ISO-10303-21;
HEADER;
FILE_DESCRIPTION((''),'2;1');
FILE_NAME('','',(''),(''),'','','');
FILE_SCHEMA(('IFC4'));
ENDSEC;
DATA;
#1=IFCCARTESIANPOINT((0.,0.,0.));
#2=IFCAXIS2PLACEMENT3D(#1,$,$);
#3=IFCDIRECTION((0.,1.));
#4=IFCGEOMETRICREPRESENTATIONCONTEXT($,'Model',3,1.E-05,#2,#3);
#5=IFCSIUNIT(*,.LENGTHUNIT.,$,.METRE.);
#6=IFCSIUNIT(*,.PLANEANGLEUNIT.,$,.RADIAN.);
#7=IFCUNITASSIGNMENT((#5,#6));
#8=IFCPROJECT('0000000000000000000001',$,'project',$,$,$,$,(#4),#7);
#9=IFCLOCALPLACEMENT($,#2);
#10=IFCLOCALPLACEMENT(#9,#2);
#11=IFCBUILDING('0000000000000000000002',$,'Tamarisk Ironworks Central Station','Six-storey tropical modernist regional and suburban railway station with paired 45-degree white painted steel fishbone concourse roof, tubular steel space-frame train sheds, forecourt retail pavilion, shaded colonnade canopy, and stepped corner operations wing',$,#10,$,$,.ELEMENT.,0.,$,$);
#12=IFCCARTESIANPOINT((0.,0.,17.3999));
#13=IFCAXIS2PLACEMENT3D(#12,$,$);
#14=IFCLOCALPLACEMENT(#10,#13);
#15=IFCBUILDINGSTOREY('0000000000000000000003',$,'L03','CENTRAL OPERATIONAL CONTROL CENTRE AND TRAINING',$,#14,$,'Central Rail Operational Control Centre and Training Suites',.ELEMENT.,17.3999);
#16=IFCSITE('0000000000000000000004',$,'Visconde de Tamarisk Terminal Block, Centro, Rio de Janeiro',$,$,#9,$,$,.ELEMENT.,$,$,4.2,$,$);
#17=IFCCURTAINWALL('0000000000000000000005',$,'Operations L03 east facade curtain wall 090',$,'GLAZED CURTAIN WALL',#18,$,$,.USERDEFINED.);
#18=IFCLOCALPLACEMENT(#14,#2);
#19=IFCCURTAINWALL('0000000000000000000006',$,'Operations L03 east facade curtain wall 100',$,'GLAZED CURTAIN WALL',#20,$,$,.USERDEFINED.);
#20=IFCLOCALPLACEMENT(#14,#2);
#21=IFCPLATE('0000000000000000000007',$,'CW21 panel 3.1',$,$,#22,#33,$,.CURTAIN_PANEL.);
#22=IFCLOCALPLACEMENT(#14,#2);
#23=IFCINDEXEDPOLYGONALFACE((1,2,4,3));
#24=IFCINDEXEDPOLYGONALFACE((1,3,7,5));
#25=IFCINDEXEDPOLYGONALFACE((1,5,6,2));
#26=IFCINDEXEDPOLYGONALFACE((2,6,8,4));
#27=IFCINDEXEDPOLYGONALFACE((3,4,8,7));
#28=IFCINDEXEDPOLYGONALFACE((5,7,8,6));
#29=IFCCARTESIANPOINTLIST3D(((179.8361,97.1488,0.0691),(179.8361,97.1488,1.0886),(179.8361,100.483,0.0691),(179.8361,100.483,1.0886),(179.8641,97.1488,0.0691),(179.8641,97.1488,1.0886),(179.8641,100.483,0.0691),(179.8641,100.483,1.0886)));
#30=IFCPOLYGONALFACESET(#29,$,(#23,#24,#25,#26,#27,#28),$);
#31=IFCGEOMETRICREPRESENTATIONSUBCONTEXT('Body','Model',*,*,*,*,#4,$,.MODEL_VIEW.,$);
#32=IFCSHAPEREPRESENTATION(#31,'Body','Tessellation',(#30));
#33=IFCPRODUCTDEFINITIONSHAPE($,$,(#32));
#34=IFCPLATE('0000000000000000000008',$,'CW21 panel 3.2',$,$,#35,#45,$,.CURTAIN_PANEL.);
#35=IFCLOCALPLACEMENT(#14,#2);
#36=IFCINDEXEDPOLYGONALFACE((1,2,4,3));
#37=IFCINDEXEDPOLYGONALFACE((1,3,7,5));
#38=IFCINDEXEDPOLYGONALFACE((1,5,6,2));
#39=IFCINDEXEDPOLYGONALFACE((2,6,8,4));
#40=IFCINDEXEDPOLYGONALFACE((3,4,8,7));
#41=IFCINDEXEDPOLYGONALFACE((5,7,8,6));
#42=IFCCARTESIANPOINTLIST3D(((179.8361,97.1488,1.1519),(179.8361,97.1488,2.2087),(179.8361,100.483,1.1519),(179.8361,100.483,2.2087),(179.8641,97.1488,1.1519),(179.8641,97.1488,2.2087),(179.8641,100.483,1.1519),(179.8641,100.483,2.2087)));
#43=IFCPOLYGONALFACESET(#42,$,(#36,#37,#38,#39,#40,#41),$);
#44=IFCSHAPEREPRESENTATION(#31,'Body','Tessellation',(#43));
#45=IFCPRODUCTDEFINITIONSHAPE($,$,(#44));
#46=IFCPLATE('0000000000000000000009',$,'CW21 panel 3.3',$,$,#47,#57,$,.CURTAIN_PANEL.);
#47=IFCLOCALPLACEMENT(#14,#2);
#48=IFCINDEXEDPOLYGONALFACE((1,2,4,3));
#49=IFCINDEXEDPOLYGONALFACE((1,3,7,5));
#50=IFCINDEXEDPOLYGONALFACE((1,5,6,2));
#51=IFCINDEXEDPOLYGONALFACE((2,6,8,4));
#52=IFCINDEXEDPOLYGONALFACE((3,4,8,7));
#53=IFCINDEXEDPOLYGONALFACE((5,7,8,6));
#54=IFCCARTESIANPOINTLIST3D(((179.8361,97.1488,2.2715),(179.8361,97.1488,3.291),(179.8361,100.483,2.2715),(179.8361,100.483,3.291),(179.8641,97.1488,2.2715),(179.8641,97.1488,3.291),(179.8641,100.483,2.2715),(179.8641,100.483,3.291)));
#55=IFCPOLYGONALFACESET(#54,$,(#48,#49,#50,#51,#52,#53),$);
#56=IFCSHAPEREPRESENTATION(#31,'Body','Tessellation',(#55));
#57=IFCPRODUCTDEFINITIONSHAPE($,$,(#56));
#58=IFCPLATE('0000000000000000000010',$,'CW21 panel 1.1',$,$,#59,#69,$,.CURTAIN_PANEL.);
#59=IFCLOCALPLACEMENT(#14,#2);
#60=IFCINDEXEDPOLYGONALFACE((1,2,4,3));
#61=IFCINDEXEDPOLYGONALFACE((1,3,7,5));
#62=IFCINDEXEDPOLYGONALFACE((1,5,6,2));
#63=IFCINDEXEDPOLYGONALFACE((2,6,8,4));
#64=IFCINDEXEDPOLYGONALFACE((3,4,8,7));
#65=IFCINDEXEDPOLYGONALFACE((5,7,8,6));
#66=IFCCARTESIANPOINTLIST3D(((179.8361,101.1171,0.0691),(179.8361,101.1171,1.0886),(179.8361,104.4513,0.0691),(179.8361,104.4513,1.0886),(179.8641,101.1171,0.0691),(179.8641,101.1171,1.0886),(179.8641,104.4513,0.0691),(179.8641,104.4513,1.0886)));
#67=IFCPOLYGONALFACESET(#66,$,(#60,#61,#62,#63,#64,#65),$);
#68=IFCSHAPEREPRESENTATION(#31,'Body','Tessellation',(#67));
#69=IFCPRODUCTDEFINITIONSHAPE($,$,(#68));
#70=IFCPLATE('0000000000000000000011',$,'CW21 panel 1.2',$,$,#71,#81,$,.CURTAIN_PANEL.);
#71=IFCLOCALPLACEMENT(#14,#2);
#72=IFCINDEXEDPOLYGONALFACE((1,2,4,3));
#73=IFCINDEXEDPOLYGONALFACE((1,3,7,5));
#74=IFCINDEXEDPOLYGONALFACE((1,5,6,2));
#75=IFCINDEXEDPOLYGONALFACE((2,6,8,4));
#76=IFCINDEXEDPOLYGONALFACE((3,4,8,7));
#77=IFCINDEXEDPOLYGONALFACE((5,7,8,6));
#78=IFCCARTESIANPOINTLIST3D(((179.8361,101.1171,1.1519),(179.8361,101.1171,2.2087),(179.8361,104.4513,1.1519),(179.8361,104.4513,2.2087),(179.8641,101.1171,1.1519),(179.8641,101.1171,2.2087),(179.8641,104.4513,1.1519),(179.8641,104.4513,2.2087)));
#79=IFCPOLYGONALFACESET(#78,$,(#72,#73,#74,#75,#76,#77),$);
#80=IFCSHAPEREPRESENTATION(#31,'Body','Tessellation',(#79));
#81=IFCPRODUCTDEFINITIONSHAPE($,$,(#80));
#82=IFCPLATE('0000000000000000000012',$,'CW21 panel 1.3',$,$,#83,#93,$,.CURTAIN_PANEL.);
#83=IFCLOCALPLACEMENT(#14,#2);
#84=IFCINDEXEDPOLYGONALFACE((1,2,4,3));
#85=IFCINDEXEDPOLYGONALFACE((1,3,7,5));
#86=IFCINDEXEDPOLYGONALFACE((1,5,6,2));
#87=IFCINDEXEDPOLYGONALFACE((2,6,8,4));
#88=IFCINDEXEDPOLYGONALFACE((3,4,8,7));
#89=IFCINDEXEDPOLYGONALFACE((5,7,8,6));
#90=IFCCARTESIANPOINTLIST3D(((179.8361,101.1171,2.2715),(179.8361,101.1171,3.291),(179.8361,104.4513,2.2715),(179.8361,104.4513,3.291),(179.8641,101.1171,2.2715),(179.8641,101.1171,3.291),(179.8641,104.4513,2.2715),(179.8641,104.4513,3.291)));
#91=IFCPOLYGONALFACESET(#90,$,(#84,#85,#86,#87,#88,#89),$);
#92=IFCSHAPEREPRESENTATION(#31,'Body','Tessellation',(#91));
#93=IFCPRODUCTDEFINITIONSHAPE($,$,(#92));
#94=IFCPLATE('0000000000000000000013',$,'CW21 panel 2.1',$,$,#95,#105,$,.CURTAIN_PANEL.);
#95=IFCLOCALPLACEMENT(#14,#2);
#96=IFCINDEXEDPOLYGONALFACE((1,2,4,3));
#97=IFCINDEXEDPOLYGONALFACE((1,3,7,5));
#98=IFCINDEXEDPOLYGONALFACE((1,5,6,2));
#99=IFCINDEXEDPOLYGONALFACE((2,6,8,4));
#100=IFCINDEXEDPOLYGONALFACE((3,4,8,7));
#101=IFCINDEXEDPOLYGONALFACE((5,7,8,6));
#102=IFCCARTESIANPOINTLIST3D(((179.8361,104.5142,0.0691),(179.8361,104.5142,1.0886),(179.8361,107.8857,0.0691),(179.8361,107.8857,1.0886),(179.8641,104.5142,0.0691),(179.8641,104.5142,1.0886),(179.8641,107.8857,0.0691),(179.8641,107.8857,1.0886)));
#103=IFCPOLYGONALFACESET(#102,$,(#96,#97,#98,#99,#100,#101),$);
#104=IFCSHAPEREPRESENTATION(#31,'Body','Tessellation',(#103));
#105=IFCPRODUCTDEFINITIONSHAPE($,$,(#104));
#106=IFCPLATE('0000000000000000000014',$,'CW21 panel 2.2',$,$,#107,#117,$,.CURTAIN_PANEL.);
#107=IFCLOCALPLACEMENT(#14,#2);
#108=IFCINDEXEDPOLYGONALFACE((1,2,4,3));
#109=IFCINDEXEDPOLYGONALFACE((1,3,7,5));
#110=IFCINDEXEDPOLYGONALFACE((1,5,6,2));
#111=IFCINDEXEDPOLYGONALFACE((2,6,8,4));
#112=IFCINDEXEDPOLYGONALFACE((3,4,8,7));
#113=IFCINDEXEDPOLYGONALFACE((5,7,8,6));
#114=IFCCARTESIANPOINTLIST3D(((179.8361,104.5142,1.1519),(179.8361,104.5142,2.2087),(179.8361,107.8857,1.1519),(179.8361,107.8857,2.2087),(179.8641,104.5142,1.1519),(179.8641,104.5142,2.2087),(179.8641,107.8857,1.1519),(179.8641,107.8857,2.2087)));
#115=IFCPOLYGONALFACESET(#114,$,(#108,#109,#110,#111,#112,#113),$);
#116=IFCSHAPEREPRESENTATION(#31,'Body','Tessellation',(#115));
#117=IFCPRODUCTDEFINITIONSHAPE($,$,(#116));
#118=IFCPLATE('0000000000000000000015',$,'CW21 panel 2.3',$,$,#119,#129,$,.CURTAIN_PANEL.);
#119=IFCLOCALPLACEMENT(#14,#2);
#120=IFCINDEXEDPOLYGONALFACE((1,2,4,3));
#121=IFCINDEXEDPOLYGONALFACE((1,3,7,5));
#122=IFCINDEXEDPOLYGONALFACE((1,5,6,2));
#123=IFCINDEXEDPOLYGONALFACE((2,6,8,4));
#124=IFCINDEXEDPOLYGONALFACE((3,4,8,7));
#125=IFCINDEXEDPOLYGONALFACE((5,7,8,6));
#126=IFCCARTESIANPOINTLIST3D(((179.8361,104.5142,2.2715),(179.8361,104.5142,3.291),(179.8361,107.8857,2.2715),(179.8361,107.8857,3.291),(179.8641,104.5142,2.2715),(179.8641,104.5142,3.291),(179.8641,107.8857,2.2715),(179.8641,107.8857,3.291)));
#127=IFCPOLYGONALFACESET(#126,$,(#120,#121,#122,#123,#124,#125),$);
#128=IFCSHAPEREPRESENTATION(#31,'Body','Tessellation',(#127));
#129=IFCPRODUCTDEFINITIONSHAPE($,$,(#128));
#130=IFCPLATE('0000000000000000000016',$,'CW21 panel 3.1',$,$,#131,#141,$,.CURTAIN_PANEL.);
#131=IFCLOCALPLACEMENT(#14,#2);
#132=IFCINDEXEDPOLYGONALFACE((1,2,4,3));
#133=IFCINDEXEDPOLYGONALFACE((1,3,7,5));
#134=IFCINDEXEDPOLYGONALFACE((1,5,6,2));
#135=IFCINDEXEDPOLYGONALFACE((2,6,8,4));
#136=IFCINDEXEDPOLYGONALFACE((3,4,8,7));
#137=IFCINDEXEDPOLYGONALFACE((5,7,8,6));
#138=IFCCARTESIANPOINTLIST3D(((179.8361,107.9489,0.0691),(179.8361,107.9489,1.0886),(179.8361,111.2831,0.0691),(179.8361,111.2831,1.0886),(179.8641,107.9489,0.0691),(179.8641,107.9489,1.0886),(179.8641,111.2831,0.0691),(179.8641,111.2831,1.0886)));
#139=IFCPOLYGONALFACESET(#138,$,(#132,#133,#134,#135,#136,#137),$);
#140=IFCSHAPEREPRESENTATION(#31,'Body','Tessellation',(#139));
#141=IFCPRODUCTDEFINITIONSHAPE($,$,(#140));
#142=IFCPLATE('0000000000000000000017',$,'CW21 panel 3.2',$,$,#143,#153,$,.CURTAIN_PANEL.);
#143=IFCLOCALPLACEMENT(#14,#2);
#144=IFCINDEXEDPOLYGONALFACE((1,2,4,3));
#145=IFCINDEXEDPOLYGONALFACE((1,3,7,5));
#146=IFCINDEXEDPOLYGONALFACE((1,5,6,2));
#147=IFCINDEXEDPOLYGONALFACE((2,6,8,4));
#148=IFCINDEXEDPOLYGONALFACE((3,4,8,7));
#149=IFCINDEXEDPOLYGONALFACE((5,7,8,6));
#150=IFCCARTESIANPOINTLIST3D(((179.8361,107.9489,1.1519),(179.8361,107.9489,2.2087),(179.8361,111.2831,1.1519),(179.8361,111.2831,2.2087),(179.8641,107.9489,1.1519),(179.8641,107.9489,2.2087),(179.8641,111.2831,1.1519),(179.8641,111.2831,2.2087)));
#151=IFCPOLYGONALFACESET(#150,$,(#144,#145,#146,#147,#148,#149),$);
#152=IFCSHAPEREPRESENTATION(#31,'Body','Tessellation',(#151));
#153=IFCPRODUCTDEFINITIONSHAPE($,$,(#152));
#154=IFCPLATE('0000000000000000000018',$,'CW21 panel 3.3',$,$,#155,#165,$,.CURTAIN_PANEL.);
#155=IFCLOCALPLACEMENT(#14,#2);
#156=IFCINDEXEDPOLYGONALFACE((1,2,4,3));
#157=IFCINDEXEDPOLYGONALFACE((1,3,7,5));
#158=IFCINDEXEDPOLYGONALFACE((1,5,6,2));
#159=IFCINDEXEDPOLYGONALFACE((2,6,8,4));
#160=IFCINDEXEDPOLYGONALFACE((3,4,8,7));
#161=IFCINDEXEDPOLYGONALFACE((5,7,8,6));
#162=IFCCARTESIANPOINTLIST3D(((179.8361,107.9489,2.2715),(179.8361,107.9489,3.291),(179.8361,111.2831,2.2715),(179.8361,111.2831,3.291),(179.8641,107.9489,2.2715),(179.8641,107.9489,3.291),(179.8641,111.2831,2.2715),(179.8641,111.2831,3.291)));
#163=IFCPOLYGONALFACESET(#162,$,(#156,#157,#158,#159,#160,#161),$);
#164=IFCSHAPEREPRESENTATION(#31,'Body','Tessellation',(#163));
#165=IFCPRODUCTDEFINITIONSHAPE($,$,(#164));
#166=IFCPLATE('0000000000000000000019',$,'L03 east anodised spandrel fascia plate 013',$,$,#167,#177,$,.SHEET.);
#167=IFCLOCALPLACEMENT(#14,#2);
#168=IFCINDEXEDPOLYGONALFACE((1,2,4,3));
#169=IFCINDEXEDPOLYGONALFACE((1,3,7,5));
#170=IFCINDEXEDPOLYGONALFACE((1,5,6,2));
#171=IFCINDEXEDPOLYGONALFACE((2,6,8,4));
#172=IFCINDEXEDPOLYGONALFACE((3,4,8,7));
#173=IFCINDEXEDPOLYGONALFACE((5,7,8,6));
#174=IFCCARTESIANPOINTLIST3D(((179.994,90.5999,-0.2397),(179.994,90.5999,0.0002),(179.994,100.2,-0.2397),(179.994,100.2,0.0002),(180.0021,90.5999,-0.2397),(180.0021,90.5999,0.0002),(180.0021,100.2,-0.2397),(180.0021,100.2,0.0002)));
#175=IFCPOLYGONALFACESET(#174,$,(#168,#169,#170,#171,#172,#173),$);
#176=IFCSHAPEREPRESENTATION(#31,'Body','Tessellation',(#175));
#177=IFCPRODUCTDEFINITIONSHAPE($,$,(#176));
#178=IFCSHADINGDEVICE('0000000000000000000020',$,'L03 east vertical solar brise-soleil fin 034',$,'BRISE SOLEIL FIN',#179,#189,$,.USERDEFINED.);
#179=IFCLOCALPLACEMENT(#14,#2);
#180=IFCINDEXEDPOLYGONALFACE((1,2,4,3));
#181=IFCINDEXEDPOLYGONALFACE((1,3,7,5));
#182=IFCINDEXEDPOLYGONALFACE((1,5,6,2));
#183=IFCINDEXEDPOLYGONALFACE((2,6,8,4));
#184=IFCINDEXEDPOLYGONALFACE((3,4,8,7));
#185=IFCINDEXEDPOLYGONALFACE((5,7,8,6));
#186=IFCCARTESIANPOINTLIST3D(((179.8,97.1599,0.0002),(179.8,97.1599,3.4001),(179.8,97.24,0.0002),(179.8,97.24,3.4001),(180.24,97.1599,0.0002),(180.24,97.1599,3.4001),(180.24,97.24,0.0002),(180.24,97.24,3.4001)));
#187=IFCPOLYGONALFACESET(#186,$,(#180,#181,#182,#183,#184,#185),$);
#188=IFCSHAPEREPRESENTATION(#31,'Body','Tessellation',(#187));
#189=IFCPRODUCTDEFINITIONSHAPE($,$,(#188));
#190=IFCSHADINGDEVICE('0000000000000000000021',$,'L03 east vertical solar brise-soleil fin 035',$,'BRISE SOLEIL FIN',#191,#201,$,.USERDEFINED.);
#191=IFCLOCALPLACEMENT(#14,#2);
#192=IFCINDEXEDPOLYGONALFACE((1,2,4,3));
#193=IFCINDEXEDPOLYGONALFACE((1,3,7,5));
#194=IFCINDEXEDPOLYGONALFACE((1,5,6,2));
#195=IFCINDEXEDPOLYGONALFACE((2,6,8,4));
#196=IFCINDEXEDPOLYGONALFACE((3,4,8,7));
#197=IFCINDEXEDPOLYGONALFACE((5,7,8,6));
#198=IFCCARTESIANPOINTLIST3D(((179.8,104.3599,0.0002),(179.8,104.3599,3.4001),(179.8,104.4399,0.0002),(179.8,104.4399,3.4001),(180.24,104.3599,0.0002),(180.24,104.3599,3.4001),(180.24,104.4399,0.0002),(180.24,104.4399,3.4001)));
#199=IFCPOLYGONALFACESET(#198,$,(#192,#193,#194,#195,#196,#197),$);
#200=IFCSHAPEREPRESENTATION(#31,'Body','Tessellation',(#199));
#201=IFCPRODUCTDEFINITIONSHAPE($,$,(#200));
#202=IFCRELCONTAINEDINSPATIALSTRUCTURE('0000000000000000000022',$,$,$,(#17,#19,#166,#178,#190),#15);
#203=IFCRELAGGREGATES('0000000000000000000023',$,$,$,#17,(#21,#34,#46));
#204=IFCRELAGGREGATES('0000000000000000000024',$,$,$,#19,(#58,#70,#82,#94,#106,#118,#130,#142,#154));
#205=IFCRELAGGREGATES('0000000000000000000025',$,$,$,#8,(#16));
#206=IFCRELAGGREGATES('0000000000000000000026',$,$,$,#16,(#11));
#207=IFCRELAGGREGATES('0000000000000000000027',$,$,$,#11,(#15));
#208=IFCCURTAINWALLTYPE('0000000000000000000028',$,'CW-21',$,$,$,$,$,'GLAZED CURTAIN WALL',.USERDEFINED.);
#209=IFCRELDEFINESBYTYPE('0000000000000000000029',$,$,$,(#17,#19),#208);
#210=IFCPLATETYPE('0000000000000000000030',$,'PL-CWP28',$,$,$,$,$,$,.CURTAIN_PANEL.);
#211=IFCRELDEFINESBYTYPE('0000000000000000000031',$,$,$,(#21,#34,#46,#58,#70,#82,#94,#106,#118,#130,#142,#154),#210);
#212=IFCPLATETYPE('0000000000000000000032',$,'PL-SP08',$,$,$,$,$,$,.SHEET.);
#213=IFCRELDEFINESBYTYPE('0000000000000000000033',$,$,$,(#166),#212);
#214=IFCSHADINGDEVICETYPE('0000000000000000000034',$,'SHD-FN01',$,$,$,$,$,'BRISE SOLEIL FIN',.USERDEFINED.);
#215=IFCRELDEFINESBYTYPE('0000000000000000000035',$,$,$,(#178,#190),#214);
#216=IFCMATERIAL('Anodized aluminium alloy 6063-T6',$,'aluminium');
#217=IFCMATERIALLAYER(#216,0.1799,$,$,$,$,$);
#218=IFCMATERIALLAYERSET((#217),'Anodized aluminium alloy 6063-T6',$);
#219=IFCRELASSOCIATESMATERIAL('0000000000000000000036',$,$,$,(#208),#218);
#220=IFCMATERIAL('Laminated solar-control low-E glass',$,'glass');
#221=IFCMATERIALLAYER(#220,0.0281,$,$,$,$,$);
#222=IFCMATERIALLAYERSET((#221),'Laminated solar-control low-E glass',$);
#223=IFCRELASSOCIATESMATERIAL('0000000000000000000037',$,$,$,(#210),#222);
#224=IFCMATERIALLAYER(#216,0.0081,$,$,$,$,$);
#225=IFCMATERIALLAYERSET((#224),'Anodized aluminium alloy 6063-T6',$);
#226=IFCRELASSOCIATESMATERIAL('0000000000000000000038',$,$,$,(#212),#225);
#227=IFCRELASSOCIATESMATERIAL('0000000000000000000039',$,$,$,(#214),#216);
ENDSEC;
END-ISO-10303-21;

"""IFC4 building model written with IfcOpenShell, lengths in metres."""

from ifc_helpers import new_model, si_unit, direction, frame, origin, origin_2d, place, context, subcontext, project, spatial, rectangle, extrude, material, layer, layer_set, type_object, element, aggregate, save


model = new_model("IFC4")

# Units and contexts
model_context = context("Model", 3, precision=1e-05, world=origin(), true_north=direction((0.0, 1.0)))
body_context = subcontext(model_context, "Body", "Model", "MODEL_VIEW")
ifc_project = project(units=[si_unit("LENGTHUNIT", "METRE"), si_unit("PLANEANGLEUNIT", "RADIAN")], contexts=[model_context])

# Site, building, storey
site_placement = place(None, origin())
site = spatial("IfcSite", under=ifc_project, at=site_placement, Name="Visconde de Tamarisk Terminal Block, Centro, Rio de Janeiro", CompositionType="ELEMENT", RefElevation=4.2)
building_placement = place(site_placement, origin())
building = spatial("IfcBuilding", under=site, at=building_placement, Name="Tamarisk Ironworks Central Station", Description="Six-storey tropical modernist regional and suburban railway station with paired 45-degree white painted steel fishbone concourse roof, tubular steel space-frame train sheds, forecourt retail pavilion, shaded colonnade canopy, and stepped corner operations wing", CompositionType="ELEMENT", ElevationOfRefHeight=0.0)
storey_placement = place(building_placement, frame((0.0, 0.0, 17.3999)))
storey = spatial("IfcBuildingStorey", under=building, at=storey_placement, Name="L03", Description="CENTRAL OPERATIONAL CONTROL CENTRE AND TRAINING", LongName="Central Rail Operational Control Centre and Training Suites", CompositionType="ELEMENT", Elevation=17.3999)

# Curtain wall
ifc_material_1 = material(Name="Anodized aluminium alloy 6063-T6", Category="aluminium")
ifc_layer_1 = layer(ifc_material_1, 0.1799)
ifc_layer_set_1 = layer_set([ifc_layer_1], Name="Anodized aluminium alloy 6063-T6")
curtain_wall_type = type_object("IfcCurtainWallType", Name="CW-21", ElementType="GLAZED CURTAIN WALL", PredefinedType="USERDEFINED", material=ifc_layer_set_1)
curtain_wall_1_placement = place(storey_placement, origin())
curtain_wall_1 = element("IfcCurtainWall", 1, at=curtain_wall_1_placement, inside=storey, type_object=curtain_wall_type, Name="Operations L03 east facade curtain wall 090", ObjectType="GLAZED CURTAIN WALL", PredefinedType="USERDEFINED")

# Curtain wall
curtain_wall_2_placement = place(storey_placement, origin())
curtain_wall_2 = element("IfcCurtainWall", 2, at=curtain_wall_2_placement, inside=storey, type_object=curtain_wall_type, Name="Operations L03 east facade curtain wall 100", ObjectType="GLAZED CURTAIN WALL", PredefinedType="USERDEFINED")

# Plates
ifc_material_2 = material(Name="Laminated solar-control low-E glass", Category="glass")
ifc_layer_2 = layer(ifc_material_2, 0.0281)
ifc_layer_set_2 = layer_set([ifc_layer_2], Name="Laminated solar-control low-E glass")
plate_type_1 = type_object("IfcPlateType", Name="PL-CWP28", PredefinedType="CURTAIN_PANEL", material=ifc_layer_set_2)
plate_1_placement = place(storey_placement, frame((179.8501, 98.8159, 0.0691), z_axis=(0.0, 0.0, 1.0), x_axis=(0.0, 1.0, 0.0)))
plate_1 = element("IfcPlate", 3, at=plate_1_placement, type_object=plate_type_1, Name="CW21 panel 3.1", PredefinedType="CURTAIN_PANEL", context=body_context, shape_type="SweptSolid", body=[
    extrude(rectangle(XDim=3.3342, YDim=0.0281, at=origin_2d()), origin(), (0.0, 0.0, 1.0), 1.0195),
])
plate_2_placement = place(storey_placement, frame((179.8501, 98.8159, 1.1519), z_axis=(0.0, 0.0, 1.0), x_axis=(0.0, 1.0, 0.0)))
plate_2 = element("IfcPlate", 4, at=plate_2_placement, type_object=plate_type_1, Name="CW21 panel 3.2", PredefinedType="CURTAIN_PANEL", context=body_context, shape_type="SweptSolid", body=[
    extrude(rectangle(XDim=3.3342, YDim=0.0281, at=origin_2d()), origin(), (0.0, 0.0, 1.0), 1.0569),
])
plate_3_placement = place(storey_placement, frame((179.8501, 98.8159, 2.2715), z_axis=(0.0, 0.0, 1.0), x_axis=(0.0, 1.0, 0.0)))
plate_3 = element("IfcPlate", 5, at=plate_3_placement, type_object=plate_type_1, Name="CW21 panel 3.3", PredefinedType="CURTAIN_PANEL", context=body_context, shape_type="SweptSolid", body=[
    extrude(rectangle(XDim=3.3342, YDim=0.0281, at=origin_2d()), origin(), (0.0, 0.0, 1.0), 1.0195),
])
aggregate(curtain_wall_1, [plate_1, plate_2, plate_3])
plate_4_placement = place(storey_placement, frame((179.8501, 102.7842, 0.0691), z_axis=(0.0, 0.0, 1.0), x_axis=(0.0, 1.0, 0.0)))
plate_4 = element("IfcPlate", 6, at=plate_4_placement, type_object=plate_type_1, Name="CW21 panel 1.1", PredefinedType="CURTAIN_PANEL", context=body_context, shape_type="SweptSolid", body=[
    extrude(rectangle(XDim=3.3342, YDim=0.0281, at=origin_2d()), origin(), (0.0, 0.0, 1.0), 1.0195),
])
plate_5_placement = place(storey_placement, frame((179.8501, 102.7842, 1.1519), z_axis=(0.0, 0.0, 1.0), x_axis=(0.0, 1.0, 0.0)))
plate_5 = element("IfcPlate", 7, at=plate_5_placement, type_object=plate_type_1, Name="CW21 panel 1.2", PredefinedType="CURTAIN_PANEL", context=body_context, shape_type="SweptSolid", body=[
    extrude(rectangle(XDim=3.3342, YDim=0.0281, at=origin_2d()), origin(), (0.0, 0.0, 1.0), 1.0569),
])
plate_6_placement = place(storey_placement, frame((179.8501, 102.7842, 2.2715), z_axis=(0.0, 0.0, 1.0), x_axis=(0.0, 1.0, 0.0)))
plate_6 = element("IfcPlate", 8, at=plate_6_placement, type_object=plate_type_1, Name="CW21 panel 1.3", PredefinedType="CURTAIN_PANEL", context=body_context, shape_type="SweptSolid", body=[
    extrude(rectangle(XDim=3.3342, YDim=0.0281, at=origin_2d()), origin(), (0.0, 0.0, 1.0), 1.0195),
])
plate_7_placement = place(storey_placement, frame((179.8501, 106.2, 0.0691), z_axis=(0.0, 0.0, 1.0), x_axis=(0.0, 1.0, 0.0)))
plate_7 = element("IfcPlate", 9, at=plate_7_placement, type_object=plate_type_1, Name="CW21 panel 2.1", PredefinedType="CURTAIN_PANEL", context=body_context, shape_type="SweptSolid", body=[
    extrude(rectangle(XDim=3.3716, YDim=0.0281, at=origin_2d()), origin(), (0.0, 0.0, 1.0), 1.0195),
])
plate_8_placement = place(storey_placement, frame((179.8501, 106.2, 1.1519), z_axis=(0.0, 0.0, 1.0), x_axis=(0.0, 1.0, 0.0)))
plate_8 = element("IfcPlate", 10, at=plate_8_placement, type_object=plate_type_1, Name="CW21 panel 2.2", PredefinedType="CURTAIN_PANEL", context=body_context, shape_type="SweptSolid", body=[
    extrude(rectangle(XDim=3.3716, YDim=0.0281, at=origin_2d()), origin(), (0.0, 0.0, 1.0), 1.0569),
])
plate_9_placement = place(storey_placement, frame((179.8501, 106.2, 2.2715), z_axis=(0.0, 0.0, 1.0), x_axis=(0.0, 1.0, 0.0)))
plate_9 = element("IfcPlate", 11, at=plate_9_placement, type_object=plate_type_1, Name="CW21 panel 2.3", PredefinedType="CURTAIN_PANEL", context=body_context, shape_type="SweptSolid", body=[
    extrude(rectangle(XDim=3.3716, YDim=0.0281, at=origin_2d()), origin(), (0.0, 0.0, 1.0), 1.0195),
])
plate_10_placement = place(storey_placement, frame((179.8501, 109.616, 0.0691), z_axis=(0.0, 0.0, 1.0), x_axis=(0.0, 1.0, 0.0)))
plate_10 = element("IfcPlate", 12, at=plate_10_placement, type_object=plate_type_1, Name="CW21 panel 3.1", PredefinedType="CURTAIN_PANEL", context=body_context, shape_type="SweptSolid", body=[
    extrude(rectangle(XDim=3.3342, YDim=0.0281, at=origin_2d()), origin(), (0.0, 0.0, 1.0), 1.0195),
])
plate_11_placement = place(storey_placement, frame((179.8501, 109.616, 1.1519), z_axis=(0.0, 0.0, 1.0), x_axis=(0.0, 1.0, 0.0)))
plate_11 = element("IfcPlate", 13, at=plate_11_placement, type_object=plate_type_1, Name="CW21 panel 3.2", PredefinedType="CURTAIN_PANEL", context=body_context, shape_type="SweptSolid", body=[
    extrude(rectangle(XDim=3.3342, YDim=0.0281, at=origin_2d()), origin(), (0.0, 0.0, 1.0), 1.0569),
])
plate_12_placement = place(storey_placement, frame((179.8501, 109.616, 2.2715), z_axis=(0.0, 0.0, 1.0), x_axis=(0.0, 1.0, 0.0)))
plate_12 = element("IfcPlate", 14, at=plate_12_placement, type_object=plate_type_1, Name="CW21 panel 3.3", PredefinedType="CURTAIN_PANEL", context=body_context, shape_type="SweptSolid", body=[
    extrude(rectangle(XDim=3.3342, YDim=0.0281, at=origin_2d()), origin(), (0.0, 0.0, 1.0), 1.0195),
])
aggregate(curtain_wall_2, [plate_4, plate_5, plate_6, plate_7, plate_8, plate_9, plate_10, plate_11, plate_12])
ifc_layer_3 = layer(ifc_material_1, 0.0081)
ifc_layer_set_3 = layer_set([ifc_layer_3], Name="Anodized aluminium alloy 6063-T6")
plate_type_2 = type_object("IfcPlateType", Name="PL-SP08", PredefinedType="SHEET", material=ifc_layer_set_3)
plate_13_placement = place(storey_placement, frame((179.998, 95.3999, -0.2397), z_axis=(0.0, 0.0, 1.0), x_axis=(1.0, 0.0, 0.0)))
element("IfcPlate", 15, at=plate_13_placement, inside=storey, type_object=plate_type_2, Name="L03 east anodised spandrel fascia plate 013", PredefinedType="SHEET", context=body_context, shape_type="SweptSolid", body=[
    extrude(rectangle(XDim=0.0081, YDim=9.6001, at=origin_2d()), origin(), (0.0, 0.0, 1.0), 0.24),
])

# Shading devices
shading_device_type = type_object("IfcShadingDeviceType", Name="SHD-FN01", ElementType="BRISE SOLEIL FIN", PredefinedType="USERDEFINED", material=ifc_material_1)
for number, where, z_axis, x_axis, name in (
    (16, (180.02, 97.2, 0.0002), (0.0, 0.0, 1.0), (1.0, 0.0, 0.0), "L03 east vertical solar brise-soleil fin 034"),
    (17, (180.02, 104.3999, 0.0002), (0.0, 0.0, 1.0), (1.0, 0.0, 0.0), "L03 east vertical solar brise-soleil fin 035"),
):
    element("IfcShadingDevice", number, at=place(storey_placement, frame(where, z_axis=z_axis, x_axis=x_axis)), inside=storey, type_object=shading_device_type, Name=name, ObjectType="BRISE SOLEIL FIN", PredefinedType="USERDEFINED", context=body_context, shape_type="SweptSolid", body=[
        extrude(rectangle(XDim=0.4399, YDim=0.0801, at=origin_2d()), origin(), (0.0, 0.0, 1.0), 3.3999),
    ])

save(model, "model.ifc")
